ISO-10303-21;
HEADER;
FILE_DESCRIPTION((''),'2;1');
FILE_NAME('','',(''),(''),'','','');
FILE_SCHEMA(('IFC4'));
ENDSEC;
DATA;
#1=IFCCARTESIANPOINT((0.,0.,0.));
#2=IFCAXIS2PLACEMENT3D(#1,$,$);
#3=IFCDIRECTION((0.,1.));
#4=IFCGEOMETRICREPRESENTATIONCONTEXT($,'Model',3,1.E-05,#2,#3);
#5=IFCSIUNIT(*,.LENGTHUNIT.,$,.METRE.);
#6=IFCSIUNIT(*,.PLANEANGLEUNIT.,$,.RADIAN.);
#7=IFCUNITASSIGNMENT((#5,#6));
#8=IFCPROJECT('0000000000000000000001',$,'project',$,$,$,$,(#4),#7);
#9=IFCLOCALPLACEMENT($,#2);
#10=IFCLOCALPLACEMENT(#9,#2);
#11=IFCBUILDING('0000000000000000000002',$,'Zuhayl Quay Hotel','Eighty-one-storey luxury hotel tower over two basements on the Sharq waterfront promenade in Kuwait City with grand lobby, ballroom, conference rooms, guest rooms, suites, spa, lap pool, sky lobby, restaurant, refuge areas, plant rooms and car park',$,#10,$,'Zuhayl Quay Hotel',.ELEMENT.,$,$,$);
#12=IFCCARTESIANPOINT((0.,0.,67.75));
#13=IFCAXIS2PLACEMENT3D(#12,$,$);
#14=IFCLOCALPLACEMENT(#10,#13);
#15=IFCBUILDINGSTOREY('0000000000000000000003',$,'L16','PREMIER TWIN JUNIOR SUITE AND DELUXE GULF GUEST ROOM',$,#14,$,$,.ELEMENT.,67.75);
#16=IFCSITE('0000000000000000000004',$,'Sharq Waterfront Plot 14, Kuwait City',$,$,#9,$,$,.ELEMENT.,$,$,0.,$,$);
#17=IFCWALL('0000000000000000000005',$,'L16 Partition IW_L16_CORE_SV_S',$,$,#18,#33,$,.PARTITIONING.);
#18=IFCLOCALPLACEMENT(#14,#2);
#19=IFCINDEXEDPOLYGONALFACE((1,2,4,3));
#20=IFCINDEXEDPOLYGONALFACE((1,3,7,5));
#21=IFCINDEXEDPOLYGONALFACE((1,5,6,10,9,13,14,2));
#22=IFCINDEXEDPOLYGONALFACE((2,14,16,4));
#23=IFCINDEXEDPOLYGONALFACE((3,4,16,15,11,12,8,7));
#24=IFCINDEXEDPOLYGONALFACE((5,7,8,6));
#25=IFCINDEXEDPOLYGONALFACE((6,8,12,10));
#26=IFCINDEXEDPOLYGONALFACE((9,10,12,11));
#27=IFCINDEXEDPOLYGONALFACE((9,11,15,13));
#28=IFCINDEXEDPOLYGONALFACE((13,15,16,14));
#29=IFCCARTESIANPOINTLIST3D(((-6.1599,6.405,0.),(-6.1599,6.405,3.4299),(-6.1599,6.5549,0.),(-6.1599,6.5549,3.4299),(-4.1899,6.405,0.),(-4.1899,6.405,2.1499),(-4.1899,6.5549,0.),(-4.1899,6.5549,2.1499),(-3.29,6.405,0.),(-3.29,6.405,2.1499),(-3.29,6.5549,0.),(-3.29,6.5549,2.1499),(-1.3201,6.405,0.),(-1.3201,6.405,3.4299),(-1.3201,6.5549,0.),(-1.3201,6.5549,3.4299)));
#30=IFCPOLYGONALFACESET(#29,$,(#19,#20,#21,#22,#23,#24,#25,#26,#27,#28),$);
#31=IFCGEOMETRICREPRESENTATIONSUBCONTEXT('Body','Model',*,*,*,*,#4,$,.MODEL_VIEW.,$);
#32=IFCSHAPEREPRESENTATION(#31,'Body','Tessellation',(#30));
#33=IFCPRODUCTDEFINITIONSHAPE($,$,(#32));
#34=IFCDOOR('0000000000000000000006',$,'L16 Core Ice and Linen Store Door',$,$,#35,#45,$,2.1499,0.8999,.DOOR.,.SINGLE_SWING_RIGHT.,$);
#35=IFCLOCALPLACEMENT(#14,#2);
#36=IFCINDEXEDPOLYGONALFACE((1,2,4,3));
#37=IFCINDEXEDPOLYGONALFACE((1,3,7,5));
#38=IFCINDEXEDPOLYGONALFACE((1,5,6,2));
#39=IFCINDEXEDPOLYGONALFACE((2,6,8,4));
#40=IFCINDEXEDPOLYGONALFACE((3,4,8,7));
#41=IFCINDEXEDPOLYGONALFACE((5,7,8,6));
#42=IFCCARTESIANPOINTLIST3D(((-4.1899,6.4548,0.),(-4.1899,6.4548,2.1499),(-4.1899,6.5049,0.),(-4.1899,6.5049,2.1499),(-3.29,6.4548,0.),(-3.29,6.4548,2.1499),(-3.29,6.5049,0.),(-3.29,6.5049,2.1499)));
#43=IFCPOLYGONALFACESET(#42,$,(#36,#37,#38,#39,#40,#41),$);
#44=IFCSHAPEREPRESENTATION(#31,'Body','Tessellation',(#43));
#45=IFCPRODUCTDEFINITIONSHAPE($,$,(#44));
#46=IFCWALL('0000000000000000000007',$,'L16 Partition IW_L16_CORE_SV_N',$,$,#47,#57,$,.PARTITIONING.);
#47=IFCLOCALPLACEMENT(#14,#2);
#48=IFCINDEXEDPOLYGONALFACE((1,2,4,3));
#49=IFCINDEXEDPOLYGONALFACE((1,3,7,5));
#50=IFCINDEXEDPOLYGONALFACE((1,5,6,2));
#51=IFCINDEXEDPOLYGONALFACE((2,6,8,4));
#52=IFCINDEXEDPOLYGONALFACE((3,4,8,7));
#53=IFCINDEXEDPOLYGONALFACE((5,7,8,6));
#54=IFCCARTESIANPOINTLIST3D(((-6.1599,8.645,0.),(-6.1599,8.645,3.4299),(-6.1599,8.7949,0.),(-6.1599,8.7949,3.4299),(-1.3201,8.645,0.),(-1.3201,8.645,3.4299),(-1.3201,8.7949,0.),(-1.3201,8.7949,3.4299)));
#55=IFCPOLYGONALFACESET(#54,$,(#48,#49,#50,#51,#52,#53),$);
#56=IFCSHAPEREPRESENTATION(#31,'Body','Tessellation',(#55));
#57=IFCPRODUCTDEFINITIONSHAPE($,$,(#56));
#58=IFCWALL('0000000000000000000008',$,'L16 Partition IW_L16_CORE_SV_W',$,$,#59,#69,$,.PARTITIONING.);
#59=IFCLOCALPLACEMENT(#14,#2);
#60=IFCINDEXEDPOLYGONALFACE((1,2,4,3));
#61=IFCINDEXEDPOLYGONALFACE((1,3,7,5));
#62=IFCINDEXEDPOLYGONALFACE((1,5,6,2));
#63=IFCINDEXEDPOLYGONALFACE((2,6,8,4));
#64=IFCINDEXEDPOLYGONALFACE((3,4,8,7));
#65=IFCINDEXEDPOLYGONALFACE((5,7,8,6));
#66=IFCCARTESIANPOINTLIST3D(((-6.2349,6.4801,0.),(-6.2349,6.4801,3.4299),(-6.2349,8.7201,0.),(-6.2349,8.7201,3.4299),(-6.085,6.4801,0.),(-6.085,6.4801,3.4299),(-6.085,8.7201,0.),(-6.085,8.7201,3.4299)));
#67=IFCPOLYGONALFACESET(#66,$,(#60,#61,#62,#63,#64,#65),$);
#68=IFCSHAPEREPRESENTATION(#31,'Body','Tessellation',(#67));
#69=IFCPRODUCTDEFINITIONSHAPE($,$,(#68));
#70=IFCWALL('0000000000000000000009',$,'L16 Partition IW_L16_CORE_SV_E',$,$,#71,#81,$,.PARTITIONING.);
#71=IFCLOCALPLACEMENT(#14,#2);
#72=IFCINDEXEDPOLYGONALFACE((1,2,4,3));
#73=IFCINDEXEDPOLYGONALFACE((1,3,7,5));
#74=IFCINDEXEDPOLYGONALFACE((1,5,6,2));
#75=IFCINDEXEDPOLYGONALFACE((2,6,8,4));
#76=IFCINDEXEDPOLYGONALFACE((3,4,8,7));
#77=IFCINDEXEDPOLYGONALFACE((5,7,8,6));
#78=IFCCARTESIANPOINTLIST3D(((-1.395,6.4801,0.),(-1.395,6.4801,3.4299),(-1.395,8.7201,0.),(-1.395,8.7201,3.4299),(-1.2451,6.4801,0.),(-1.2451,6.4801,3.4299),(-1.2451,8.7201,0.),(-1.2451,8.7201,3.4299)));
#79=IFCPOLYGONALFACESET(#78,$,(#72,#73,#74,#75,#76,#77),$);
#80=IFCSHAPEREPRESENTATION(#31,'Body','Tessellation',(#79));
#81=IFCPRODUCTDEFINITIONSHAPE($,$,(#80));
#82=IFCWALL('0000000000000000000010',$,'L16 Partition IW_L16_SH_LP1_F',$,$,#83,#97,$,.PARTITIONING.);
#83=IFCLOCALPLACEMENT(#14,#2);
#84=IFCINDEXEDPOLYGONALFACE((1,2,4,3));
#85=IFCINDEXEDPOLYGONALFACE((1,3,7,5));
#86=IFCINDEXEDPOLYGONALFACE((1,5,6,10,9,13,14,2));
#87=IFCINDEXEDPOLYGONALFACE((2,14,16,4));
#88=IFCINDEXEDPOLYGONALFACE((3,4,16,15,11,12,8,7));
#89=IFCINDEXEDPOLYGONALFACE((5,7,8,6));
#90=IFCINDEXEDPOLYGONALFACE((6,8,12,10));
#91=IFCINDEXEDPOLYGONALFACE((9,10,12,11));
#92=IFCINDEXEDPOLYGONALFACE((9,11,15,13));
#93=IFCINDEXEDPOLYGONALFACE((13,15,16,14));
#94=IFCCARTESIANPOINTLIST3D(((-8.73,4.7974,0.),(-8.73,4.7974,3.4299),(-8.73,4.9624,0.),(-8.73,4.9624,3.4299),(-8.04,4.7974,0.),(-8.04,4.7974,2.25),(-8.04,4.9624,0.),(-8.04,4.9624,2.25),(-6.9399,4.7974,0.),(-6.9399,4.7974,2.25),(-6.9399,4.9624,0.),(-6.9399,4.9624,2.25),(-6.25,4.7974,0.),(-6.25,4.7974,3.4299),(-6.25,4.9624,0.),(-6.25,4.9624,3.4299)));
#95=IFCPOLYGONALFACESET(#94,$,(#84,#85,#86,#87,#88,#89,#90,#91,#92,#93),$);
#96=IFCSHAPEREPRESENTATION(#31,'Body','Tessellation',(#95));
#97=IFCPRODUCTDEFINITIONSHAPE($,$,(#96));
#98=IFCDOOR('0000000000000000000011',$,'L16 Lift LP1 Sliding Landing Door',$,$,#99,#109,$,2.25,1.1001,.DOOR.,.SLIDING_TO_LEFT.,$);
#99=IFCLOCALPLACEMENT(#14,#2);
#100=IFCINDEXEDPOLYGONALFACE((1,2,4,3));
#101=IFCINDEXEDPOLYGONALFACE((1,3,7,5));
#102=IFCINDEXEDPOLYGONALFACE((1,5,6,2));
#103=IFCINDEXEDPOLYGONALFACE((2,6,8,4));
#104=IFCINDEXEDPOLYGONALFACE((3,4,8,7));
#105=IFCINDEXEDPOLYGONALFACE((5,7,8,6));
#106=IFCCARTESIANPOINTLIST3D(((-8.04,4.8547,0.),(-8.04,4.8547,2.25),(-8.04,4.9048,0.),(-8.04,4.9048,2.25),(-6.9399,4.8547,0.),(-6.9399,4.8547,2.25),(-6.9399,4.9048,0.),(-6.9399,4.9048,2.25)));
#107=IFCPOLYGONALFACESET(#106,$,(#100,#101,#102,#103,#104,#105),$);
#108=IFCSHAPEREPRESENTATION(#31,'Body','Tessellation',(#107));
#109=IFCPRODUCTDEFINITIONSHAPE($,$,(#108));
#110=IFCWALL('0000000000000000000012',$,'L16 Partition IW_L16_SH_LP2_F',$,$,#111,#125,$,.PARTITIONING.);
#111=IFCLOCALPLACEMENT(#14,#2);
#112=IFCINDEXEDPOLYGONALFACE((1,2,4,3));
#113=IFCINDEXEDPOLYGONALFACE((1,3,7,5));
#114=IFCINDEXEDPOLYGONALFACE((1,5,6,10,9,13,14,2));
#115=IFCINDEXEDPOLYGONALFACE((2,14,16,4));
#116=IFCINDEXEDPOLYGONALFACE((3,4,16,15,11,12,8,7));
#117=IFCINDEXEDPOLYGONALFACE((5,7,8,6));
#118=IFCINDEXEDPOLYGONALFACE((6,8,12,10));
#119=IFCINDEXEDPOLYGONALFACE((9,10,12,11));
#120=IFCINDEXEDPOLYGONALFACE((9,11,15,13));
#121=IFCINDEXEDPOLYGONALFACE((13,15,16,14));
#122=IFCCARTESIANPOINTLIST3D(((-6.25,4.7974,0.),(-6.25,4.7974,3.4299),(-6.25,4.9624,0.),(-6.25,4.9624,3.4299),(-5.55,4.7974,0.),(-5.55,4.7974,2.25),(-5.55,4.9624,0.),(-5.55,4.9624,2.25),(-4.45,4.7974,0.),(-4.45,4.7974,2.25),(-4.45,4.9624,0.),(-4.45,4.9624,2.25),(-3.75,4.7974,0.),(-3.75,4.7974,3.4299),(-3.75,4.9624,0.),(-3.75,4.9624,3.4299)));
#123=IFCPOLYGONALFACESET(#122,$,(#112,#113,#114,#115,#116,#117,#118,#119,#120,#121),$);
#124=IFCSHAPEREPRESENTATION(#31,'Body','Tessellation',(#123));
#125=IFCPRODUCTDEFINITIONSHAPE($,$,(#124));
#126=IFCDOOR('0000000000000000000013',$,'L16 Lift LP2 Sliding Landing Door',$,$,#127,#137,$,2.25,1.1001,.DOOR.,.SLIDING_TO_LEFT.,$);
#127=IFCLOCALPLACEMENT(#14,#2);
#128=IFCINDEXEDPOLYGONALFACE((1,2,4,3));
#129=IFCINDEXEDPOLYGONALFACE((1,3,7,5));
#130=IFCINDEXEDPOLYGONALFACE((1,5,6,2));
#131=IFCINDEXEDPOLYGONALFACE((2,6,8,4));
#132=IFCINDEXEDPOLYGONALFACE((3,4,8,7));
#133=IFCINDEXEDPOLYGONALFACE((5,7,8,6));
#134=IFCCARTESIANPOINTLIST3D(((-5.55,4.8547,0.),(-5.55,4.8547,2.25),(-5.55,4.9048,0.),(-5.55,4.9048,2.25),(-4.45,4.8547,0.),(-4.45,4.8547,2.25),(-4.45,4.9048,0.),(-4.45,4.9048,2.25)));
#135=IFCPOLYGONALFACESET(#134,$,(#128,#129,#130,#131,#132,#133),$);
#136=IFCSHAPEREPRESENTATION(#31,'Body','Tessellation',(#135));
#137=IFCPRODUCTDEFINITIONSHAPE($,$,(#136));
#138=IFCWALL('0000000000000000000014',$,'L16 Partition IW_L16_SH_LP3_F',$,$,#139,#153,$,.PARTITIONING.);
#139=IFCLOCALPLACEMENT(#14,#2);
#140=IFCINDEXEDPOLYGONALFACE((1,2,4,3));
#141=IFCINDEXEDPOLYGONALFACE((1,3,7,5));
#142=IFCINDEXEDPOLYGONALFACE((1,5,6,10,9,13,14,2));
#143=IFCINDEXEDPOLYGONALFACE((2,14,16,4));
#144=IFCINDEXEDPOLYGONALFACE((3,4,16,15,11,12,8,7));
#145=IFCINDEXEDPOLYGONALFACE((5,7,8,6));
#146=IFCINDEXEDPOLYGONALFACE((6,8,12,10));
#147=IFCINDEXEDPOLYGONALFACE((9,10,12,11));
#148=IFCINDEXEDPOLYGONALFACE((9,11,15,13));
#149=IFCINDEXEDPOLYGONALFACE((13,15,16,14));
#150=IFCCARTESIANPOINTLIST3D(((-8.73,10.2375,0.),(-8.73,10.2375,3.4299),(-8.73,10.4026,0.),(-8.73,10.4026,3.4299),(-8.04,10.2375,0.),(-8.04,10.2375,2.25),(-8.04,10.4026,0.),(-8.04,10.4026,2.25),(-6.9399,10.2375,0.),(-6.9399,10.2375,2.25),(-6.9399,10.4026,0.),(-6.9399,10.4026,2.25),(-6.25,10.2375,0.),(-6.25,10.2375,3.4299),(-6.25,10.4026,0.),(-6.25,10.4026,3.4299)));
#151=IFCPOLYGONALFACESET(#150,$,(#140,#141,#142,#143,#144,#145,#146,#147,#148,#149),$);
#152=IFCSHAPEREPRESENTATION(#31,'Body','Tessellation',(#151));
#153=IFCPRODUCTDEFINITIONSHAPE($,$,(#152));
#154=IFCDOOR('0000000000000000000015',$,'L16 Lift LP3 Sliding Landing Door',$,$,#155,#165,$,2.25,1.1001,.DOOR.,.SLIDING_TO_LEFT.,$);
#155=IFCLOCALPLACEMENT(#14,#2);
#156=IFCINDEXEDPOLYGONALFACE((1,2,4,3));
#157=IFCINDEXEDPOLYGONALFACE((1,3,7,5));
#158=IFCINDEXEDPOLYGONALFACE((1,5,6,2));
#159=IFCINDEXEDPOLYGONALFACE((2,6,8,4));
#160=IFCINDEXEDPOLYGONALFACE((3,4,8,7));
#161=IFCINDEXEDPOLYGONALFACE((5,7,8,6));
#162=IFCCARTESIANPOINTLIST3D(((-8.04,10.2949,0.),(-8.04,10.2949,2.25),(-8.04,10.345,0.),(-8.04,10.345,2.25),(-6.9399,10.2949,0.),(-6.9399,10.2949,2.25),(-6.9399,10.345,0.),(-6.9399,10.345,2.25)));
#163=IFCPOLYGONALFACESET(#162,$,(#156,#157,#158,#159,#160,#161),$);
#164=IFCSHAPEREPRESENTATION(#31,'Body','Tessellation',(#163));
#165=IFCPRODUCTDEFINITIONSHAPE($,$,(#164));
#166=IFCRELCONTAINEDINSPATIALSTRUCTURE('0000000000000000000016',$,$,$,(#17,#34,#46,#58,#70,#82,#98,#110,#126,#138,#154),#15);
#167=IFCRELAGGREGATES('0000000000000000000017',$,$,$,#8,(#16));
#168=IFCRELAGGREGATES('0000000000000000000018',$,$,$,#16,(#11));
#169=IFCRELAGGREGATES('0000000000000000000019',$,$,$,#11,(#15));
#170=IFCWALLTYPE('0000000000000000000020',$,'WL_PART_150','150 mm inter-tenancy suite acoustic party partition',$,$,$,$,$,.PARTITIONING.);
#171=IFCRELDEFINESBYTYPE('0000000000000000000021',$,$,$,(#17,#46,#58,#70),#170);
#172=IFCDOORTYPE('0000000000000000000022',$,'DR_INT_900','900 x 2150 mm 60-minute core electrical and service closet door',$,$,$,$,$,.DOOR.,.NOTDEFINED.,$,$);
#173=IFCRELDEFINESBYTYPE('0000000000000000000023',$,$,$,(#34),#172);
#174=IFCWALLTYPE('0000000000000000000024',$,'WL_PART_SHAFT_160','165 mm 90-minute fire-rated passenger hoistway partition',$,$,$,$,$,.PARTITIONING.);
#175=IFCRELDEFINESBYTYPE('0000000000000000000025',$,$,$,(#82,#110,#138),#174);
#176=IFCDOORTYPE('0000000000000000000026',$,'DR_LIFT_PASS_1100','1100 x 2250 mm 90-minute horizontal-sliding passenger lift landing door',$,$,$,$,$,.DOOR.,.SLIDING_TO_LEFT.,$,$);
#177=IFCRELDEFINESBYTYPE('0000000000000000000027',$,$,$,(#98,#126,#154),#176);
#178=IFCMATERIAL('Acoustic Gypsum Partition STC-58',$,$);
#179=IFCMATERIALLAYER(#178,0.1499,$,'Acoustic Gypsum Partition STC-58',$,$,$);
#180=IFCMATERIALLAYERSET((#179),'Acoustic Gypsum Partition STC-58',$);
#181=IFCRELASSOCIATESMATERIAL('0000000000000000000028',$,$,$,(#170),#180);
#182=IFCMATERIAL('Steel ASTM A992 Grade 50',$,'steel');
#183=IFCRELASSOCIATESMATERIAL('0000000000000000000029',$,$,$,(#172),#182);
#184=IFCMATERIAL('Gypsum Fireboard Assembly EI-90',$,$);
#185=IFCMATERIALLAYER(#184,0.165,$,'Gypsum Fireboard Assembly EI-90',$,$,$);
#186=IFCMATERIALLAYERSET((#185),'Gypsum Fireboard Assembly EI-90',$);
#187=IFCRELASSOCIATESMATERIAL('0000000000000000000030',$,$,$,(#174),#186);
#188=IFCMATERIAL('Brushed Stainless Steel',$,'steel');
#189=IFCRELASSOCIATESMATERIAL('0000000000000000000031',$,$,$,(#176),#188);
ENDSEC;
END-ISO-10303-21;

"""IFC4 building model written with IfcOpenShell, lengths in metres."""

from ifc_helpers import new_model, si_unit, direction, frame, frame_2d, origin, place, context, subcontext, project, spatial, rectangle, extrude, material, layer, layer_set, type_object, element, fill, save


model = new_model("IFC4")

# Units and contexts
model_context = context("Model", 3, precision=1e-05, world=origin(), true_north=direction((0.0, 1.0)))
body_context = subcontext(model_context, "Body", "Model", "MODEL_VIEW")
ifc_project = project(units=[si_unit("LENGTHUNIT", "METRE"), si_unit("PLANEANGLEUNIT", "RADIAN")], contexts=[model_context])

# Site, building, storey
site_placement = place(None, origin())
site = spatial("IfcSite", under=ifc_project, at=site_placement, Name="Sharq Waterfront Plot 14, Kuwait City", CompositionType="ELEMENT", RefElevation=0.0)
building_placement = place(site_placement, origin())
building = spatial("IfcBuilding", under=site, at=building_placement, Name="Zuhayl Quay Hotel", Description="Eighty-one-storey luxury hotel tower over two basements on the Sharq waterfront promenade in Kuwait City with grand lobby, ballroom, conference rooms, guest rooms, suites, spa, lap pool, sky lobby, restaurant, refuge areas, plant rooms and car park", LongName="Zuhayl Quay Hotel", CompositionType="ELEMENT")
storey_placement = place(building_placement, frame((0.0, 0.0, 67.75)))
storey = spatial("IfcBuildingStorey", under=building, at=storey_placement, Name="L16", Description="PREMIER TWIN JUNIOR SUITE AND DELUXE GULF GUEST ROOM", CompositionType="ELEMENT", Elevation=67.75)

# Wall, opening, door
ifc_material_1 = material(Name="Acoustic Gypsum Partition STC-58")
ifc_layer_1 = layer(ifc_material_1, 0.1499, Name="Acoustic Gypsum Partition STC-58")
ifc_layer_set_1 = layer_set([ifc_layer_1], Name="Acoustic Gypsum Partition STC-58")
wall_type_1 = type_object("IfcWallType", Name="WL_PART_150", Description="150 mm inter-tenancy suite acoustic party partition", PredefinedType="PARTITIONING", material=ifc_layer_set_1)
wall_1_placement = place(storey_placement, frame((-6.1599, 6.48, 0.0), z_axis=(0.0, 0.0, 1.0), x_axis=(1.0, 0.0, 0.0)))
wall_1 = element("IfcWall", 1, at=wall_1_placement, inside=storey, type_object=wall_type_1, Name="L16 Partition IW_L16_CORE_SV_S", PredefinedType="PARTITIONING", context=body_context, shape_type="SweptSolid", body=[
    extrude(rectangle(XDim=4.8398, YDim=0.1499, at=frame_2d((2.4199, 0.0))), origin(), (0.0, 0.0, 1.0), 3.4299),
])
opening_1_placement = place(wall_1_placement, frame((1.97, 0.0, 0.0)))
opening_1 = element("IfcOpeningElement", 2, at=opening_1_placement, cuts=wall_1, PredefinedType="OPENING", context=body_context, shape_type="SweptSolid", body=[
    extrude(rectangle(XDim=0.8999, YDim=2.1499, at=frame_2d((0.45, 1.075))), frame((0.0, 0.085, 0.0), z_axis=(0.0, -1.0, 0.0), x_axis=(1.0, 0.0, 0.0)), (0.0, 0.0, 1.0), 0.1699),
])
ifc_material_2 = material(Name="Steel ASTM A992 Grade 50", Category="steel")
door_type_1 = type_object("IfcDoorType", Name="DR_INT_900", Description="900 x 2150 mm 60-minute core electrical and service closet door", OperationType="NOTDEFINED", PredefinedType="DOOR", material=ifc_material_2)
door_1_placement = place(opening_1_placement, origin())
door_1 = element("IfcDoor", 3, at=door_1_placement, inside=storey, type_object=door_type_1, Name="L16 Core Ice and Linen Store Door", OperationType="SINGLE_SWING_RIGHT", OverallHeight=2.1499, OverallWidth=0.8999, PredefinedType="DOOR", context=body_context, shape_type="SweptSolid", body=[
    extrude(rectangle(XDim=0.8999, YDim=2.1499, at=frame_2d((0.45, 1.075))), frame((0.0, 0.0249, 0.0), z_axis=(0.0, -1.0, 0.0), x_axis=(1.0, 0.0, 0.0)), (0.0, 0.0, 1.0), 0.05),
])
fill(opening_1, door_1)

# Walls
wall_2_placement = place(storey_placement, frame((-6.1599, 8.72, 0.0), z_axis=(0.0, 0.0, 1.0), x_axis=(1.0, 0.0, 0.0)))
element("IfcWall", 4, at=wall_2_placement, inside=storey, type_object=wall_type_1, Name="L16 Partition IW_L16_CORE_SV_N", PredefinedType="PARTITIONING", context=body_context, shape_type="SweptSolid", body=[
    extrude(rectangle(XDim=4.8398, YDim=0.1499, at=frame_2d((2.4199, 0.0))), origin(), (0.0, 0.0, 1.0), 3.4299),
])
for number, where, z_axis, x_axis, name in (
    (5, (-6.1599, 6.48, 0.0), (0.0, 0.0, 1.0), (0.0, 1.0, 0.0), "L16 Partition IW_L16_CORE_SV_W"),
    (6, (-1.3201, 6.48, 0.0), (0.0, 0.0, 1.0), (0.0, 1.0, 0.0), "L16 Partition IW_L16_CORE_SV_E"),
):
    element("IfcWall", number, at=place(storey_placement, frame(where, z_axis=z_axis, x_axis=x_axis)), inside=storey, type_object=wall_type_1, Name=name, PredefinedType="PARTITIONING", context=body_context, shape_type="SweptSolid", body=[
        extrude(rectangle(XDim=2.24, YDim=0.1499, at=frame_2d((1.1201, 0.0))), origin(), (0.0, 0.0, 1.0), 3.4299),
    ])

# Walls, openings, doors
ifc_material_3 = material(Name="Gypsum Fireboard Assembly EI-90")
ifc_layer_2 = layer(ifc_material_3, 0.165, Name="Gypsum Fireboard Assembly EI-90")
ifc_layer_set_2 = layer_set([ifc_layer_2], Name="Gypsum Fireboard Assembly EI-90")
wall_type_2 = type_object("IfcWallType", Name="WL_PART_SHAFT_160", Description="165 mm 90-minute fire-rated passenger hoistway partition", PredefinedType="PARTITIONING", material=ifc_layer_set_2)
wall_3_placement = place(storey_placement, frame((-8.73, 4.8799, 0.0), z_axis=(0.0, 0.0, 1.0), x_axis=(1.0, 0.0, 0.0)))
wall_3 = element("IfcWall", 7, at=wall_3_placement, inside=storey, type_object=wall_type_2, Name="L16 Partition IW_L16_SH_LP1_F", PredefinedType="PARTITIONING", context=body_context, shape_type="SweptSolid", body=[
    extrude(rectangle(XDim=2.48, YDim=0.165, at=frame_2d((1.24, 0.0))), origin(), (0.0, 0.0, 1.0), 3.4299),
])
opening_2_placement = place(wall_3_placement, frame((0.6899, 0.0, 0.0)))
opening_2 = element("IfcOpeningElement", 8, at=opening_2_placement, cuts=wall_3, PredefinedType="OPENING", context=body_context, shape_type="SweptSolid", body=[
    extrude(rectangle(XDim=1.1001, YDim=2.25, at=frame_2d((0.55, 1.125))), frame((0.0, 0.0925, 0.0), z_axis=(0.0, -1.0, 0.0), x_axis=(1.0, 0.0, 0.0)), (0.0, 0.0, 1.0), 0.1851),
])
ifc_material_4 = material(Name="Brushed Stainless Steel", Category="steel")
door_type_2 = type_object("IfcDoorType", Name="DR_LIFT_PASS_1100", Description="1100 x 2250 mm 90-minute horizontal-sliding passenger lift landing door", OperationType="SLIDING_TO_LEFT", PredefinedType="DOOR", material=ifc_material_4)
door_2_placement = place(opening_2_placement, origin())
door_2 = element("IfcDoor", 9, at=door_2_placement, inside=storey, type_object=door_type_2, Name="L16 Lift LP1 Sliding Landing Door", OperationType="SLIDING_TO_LEFT", OverallHeight=2.25, OverallWidth=1.1001, PredefinedType="DOOR", context=body_context, shape_type="SweptSolid", body=[
    extrude(rectangle(XDim=1.1001, YDim=2.25, at=frame_2d((0.55, 1.125))), frame((0.0, 0.0249, 0.0), z_axis=(0.0, -1.0, 0.0), x_axis=(1.0, 0.0, 0.0)), (0.0, 0.0, 1.0), 0.05),
])
fill(opening_2, door_2)
wall_4_placement = place(storey_placement, frame((-6.25, 4.8799, 0.0), z_axis=(0.0, 0.0, 1.0), x_axis=(1.0, 0.0, 0.0)))
wall_4 = element("IfcWall", 10, at=wall_4_placement, inside=storey, type_object=wall_type_2, Name="L16 Partition IW_L16_SH_LP2_F", PredefinedType="PARTITIONING", context=body_context, shape_type="SweptSolid", body=[
    extrude(rectangle(XDim=2.5, YDim=0.165, at=frame_2d((1.25, 0.0))), origin(), (0.0, 0.0, 1.0), 3.4299),
])
opening_3_placement = place(wall_4_placement, frame((0.7, 0.0, 0.0)))
opening_3 = element("IfcOpeningElement", 11, at=opening_3_placement, cuts=wall_4, PredefinedType="OPENING", context=body_context, shape_type="SweptSolid", body=[
    extrude(rectangle(XDim=1.1001, YDim=2.25, at=frame_2d((0.55, 1.125))), frame((0.0, 0.0925, 0.0), z_axis=(0.0, -1.0, 0.0), x_axis=(1.0, 0.0, 0.0)), (0.0, 0.0, 1.0), 0.1851),
])
door_3_placement = place(opening_3_placement, origin())
door_3 = element("IfcDoor", 12, at=door_3_placement, inside=storey, type_object=door_type_2, Name="L16 Lift LP2 Sliding Landing Door", OperationType="SLIDING_TO_LEFT", OverallHeight=2.25, OverallWidth=1.1001, PredefinedType="DOOR", context=body_context, shape_type="SweptSolid", body=[
    extrude(rectangle(XDim=1.1001, YDim=2.25, at=frame_2d((0.55, 1.125))), frame((0.0, 0.0249, 0.0), z_axis=(0.0, -1.0, 0.0), x_axis=(1.0, 0.0, 0.0)), (0.0, 0.0, 1.0), 0.05),
])
fill(opening_3, door_3)
wall_5_placement = place(storey_placement, frame((-8.73, 10.3201, 0.0), z_axis=(0.0, 0.0, 1.0), x_axis=(1.0, 0.0, 0.0)))
wall_5 = element("IfcWall", 13, at=wall_5_placement, inside=storey, type_object=wall_type_2, Name="L16 Partition IW_L16_SH_LP3_F", PredefinedType="PARTITIONING", context=body_context, shape_type="SweptSolid", body=[
    extrude(rectangle(XDim=2.48, YDim=0.165, at=frame_2d((1.24, 0.0))), origin(), (0.0, 0.0, 1.0), 3.4299),
])
opening_4_placement = place(wall_5_placement, frame((0.6899, 0.0, 0.0)))
opening_4 = element("IfcOpeningElement", 14, at=opening_4_placement, cuts=wall_5, PredefinedType="OPENING", context=body_context, shape_type="SweptSolid", body=[
    extrude(rectangle(XDim=1.1001, YDim=2.25, at=frame_2d((0.55, 1.125))), frame((0.0, 0.0925, 0.0), z_axis=(0.0, -1.0, 0.0), x_axis=(1.0, 0.0, 0.0)), (0.0, 0.0, 1.0), 0.1851),
])
door_4_placement = place(opening_4_placement, origin())
door_4 = element("IfcDoor", 15, at=door_4_placement, inside=storey, type_object=door_type_2, Name="L16 Lift LP3 Sliding Landing Door", OperationType="SLIDING_TO_LEFT", OverallHeight=2.25, OverallWidth=1.1001, PredefinedType="DOOR", context=body_context, shape_type="SweptSolid", body=[
    extrude(rectangle(XDim=1.1001, YDim=2.25, at=frame_2d((0.55, 1.125))), frame((0.0, 0.0249, 0.0), z_axis=(0.0, -1.0, 0.0), x_axis=(1.0, 0.0, 0.0)), (0.0, 0.0, 1.0), 0.05),
])
fill(opening_4, door_4)

save(model, "model.ifc")
